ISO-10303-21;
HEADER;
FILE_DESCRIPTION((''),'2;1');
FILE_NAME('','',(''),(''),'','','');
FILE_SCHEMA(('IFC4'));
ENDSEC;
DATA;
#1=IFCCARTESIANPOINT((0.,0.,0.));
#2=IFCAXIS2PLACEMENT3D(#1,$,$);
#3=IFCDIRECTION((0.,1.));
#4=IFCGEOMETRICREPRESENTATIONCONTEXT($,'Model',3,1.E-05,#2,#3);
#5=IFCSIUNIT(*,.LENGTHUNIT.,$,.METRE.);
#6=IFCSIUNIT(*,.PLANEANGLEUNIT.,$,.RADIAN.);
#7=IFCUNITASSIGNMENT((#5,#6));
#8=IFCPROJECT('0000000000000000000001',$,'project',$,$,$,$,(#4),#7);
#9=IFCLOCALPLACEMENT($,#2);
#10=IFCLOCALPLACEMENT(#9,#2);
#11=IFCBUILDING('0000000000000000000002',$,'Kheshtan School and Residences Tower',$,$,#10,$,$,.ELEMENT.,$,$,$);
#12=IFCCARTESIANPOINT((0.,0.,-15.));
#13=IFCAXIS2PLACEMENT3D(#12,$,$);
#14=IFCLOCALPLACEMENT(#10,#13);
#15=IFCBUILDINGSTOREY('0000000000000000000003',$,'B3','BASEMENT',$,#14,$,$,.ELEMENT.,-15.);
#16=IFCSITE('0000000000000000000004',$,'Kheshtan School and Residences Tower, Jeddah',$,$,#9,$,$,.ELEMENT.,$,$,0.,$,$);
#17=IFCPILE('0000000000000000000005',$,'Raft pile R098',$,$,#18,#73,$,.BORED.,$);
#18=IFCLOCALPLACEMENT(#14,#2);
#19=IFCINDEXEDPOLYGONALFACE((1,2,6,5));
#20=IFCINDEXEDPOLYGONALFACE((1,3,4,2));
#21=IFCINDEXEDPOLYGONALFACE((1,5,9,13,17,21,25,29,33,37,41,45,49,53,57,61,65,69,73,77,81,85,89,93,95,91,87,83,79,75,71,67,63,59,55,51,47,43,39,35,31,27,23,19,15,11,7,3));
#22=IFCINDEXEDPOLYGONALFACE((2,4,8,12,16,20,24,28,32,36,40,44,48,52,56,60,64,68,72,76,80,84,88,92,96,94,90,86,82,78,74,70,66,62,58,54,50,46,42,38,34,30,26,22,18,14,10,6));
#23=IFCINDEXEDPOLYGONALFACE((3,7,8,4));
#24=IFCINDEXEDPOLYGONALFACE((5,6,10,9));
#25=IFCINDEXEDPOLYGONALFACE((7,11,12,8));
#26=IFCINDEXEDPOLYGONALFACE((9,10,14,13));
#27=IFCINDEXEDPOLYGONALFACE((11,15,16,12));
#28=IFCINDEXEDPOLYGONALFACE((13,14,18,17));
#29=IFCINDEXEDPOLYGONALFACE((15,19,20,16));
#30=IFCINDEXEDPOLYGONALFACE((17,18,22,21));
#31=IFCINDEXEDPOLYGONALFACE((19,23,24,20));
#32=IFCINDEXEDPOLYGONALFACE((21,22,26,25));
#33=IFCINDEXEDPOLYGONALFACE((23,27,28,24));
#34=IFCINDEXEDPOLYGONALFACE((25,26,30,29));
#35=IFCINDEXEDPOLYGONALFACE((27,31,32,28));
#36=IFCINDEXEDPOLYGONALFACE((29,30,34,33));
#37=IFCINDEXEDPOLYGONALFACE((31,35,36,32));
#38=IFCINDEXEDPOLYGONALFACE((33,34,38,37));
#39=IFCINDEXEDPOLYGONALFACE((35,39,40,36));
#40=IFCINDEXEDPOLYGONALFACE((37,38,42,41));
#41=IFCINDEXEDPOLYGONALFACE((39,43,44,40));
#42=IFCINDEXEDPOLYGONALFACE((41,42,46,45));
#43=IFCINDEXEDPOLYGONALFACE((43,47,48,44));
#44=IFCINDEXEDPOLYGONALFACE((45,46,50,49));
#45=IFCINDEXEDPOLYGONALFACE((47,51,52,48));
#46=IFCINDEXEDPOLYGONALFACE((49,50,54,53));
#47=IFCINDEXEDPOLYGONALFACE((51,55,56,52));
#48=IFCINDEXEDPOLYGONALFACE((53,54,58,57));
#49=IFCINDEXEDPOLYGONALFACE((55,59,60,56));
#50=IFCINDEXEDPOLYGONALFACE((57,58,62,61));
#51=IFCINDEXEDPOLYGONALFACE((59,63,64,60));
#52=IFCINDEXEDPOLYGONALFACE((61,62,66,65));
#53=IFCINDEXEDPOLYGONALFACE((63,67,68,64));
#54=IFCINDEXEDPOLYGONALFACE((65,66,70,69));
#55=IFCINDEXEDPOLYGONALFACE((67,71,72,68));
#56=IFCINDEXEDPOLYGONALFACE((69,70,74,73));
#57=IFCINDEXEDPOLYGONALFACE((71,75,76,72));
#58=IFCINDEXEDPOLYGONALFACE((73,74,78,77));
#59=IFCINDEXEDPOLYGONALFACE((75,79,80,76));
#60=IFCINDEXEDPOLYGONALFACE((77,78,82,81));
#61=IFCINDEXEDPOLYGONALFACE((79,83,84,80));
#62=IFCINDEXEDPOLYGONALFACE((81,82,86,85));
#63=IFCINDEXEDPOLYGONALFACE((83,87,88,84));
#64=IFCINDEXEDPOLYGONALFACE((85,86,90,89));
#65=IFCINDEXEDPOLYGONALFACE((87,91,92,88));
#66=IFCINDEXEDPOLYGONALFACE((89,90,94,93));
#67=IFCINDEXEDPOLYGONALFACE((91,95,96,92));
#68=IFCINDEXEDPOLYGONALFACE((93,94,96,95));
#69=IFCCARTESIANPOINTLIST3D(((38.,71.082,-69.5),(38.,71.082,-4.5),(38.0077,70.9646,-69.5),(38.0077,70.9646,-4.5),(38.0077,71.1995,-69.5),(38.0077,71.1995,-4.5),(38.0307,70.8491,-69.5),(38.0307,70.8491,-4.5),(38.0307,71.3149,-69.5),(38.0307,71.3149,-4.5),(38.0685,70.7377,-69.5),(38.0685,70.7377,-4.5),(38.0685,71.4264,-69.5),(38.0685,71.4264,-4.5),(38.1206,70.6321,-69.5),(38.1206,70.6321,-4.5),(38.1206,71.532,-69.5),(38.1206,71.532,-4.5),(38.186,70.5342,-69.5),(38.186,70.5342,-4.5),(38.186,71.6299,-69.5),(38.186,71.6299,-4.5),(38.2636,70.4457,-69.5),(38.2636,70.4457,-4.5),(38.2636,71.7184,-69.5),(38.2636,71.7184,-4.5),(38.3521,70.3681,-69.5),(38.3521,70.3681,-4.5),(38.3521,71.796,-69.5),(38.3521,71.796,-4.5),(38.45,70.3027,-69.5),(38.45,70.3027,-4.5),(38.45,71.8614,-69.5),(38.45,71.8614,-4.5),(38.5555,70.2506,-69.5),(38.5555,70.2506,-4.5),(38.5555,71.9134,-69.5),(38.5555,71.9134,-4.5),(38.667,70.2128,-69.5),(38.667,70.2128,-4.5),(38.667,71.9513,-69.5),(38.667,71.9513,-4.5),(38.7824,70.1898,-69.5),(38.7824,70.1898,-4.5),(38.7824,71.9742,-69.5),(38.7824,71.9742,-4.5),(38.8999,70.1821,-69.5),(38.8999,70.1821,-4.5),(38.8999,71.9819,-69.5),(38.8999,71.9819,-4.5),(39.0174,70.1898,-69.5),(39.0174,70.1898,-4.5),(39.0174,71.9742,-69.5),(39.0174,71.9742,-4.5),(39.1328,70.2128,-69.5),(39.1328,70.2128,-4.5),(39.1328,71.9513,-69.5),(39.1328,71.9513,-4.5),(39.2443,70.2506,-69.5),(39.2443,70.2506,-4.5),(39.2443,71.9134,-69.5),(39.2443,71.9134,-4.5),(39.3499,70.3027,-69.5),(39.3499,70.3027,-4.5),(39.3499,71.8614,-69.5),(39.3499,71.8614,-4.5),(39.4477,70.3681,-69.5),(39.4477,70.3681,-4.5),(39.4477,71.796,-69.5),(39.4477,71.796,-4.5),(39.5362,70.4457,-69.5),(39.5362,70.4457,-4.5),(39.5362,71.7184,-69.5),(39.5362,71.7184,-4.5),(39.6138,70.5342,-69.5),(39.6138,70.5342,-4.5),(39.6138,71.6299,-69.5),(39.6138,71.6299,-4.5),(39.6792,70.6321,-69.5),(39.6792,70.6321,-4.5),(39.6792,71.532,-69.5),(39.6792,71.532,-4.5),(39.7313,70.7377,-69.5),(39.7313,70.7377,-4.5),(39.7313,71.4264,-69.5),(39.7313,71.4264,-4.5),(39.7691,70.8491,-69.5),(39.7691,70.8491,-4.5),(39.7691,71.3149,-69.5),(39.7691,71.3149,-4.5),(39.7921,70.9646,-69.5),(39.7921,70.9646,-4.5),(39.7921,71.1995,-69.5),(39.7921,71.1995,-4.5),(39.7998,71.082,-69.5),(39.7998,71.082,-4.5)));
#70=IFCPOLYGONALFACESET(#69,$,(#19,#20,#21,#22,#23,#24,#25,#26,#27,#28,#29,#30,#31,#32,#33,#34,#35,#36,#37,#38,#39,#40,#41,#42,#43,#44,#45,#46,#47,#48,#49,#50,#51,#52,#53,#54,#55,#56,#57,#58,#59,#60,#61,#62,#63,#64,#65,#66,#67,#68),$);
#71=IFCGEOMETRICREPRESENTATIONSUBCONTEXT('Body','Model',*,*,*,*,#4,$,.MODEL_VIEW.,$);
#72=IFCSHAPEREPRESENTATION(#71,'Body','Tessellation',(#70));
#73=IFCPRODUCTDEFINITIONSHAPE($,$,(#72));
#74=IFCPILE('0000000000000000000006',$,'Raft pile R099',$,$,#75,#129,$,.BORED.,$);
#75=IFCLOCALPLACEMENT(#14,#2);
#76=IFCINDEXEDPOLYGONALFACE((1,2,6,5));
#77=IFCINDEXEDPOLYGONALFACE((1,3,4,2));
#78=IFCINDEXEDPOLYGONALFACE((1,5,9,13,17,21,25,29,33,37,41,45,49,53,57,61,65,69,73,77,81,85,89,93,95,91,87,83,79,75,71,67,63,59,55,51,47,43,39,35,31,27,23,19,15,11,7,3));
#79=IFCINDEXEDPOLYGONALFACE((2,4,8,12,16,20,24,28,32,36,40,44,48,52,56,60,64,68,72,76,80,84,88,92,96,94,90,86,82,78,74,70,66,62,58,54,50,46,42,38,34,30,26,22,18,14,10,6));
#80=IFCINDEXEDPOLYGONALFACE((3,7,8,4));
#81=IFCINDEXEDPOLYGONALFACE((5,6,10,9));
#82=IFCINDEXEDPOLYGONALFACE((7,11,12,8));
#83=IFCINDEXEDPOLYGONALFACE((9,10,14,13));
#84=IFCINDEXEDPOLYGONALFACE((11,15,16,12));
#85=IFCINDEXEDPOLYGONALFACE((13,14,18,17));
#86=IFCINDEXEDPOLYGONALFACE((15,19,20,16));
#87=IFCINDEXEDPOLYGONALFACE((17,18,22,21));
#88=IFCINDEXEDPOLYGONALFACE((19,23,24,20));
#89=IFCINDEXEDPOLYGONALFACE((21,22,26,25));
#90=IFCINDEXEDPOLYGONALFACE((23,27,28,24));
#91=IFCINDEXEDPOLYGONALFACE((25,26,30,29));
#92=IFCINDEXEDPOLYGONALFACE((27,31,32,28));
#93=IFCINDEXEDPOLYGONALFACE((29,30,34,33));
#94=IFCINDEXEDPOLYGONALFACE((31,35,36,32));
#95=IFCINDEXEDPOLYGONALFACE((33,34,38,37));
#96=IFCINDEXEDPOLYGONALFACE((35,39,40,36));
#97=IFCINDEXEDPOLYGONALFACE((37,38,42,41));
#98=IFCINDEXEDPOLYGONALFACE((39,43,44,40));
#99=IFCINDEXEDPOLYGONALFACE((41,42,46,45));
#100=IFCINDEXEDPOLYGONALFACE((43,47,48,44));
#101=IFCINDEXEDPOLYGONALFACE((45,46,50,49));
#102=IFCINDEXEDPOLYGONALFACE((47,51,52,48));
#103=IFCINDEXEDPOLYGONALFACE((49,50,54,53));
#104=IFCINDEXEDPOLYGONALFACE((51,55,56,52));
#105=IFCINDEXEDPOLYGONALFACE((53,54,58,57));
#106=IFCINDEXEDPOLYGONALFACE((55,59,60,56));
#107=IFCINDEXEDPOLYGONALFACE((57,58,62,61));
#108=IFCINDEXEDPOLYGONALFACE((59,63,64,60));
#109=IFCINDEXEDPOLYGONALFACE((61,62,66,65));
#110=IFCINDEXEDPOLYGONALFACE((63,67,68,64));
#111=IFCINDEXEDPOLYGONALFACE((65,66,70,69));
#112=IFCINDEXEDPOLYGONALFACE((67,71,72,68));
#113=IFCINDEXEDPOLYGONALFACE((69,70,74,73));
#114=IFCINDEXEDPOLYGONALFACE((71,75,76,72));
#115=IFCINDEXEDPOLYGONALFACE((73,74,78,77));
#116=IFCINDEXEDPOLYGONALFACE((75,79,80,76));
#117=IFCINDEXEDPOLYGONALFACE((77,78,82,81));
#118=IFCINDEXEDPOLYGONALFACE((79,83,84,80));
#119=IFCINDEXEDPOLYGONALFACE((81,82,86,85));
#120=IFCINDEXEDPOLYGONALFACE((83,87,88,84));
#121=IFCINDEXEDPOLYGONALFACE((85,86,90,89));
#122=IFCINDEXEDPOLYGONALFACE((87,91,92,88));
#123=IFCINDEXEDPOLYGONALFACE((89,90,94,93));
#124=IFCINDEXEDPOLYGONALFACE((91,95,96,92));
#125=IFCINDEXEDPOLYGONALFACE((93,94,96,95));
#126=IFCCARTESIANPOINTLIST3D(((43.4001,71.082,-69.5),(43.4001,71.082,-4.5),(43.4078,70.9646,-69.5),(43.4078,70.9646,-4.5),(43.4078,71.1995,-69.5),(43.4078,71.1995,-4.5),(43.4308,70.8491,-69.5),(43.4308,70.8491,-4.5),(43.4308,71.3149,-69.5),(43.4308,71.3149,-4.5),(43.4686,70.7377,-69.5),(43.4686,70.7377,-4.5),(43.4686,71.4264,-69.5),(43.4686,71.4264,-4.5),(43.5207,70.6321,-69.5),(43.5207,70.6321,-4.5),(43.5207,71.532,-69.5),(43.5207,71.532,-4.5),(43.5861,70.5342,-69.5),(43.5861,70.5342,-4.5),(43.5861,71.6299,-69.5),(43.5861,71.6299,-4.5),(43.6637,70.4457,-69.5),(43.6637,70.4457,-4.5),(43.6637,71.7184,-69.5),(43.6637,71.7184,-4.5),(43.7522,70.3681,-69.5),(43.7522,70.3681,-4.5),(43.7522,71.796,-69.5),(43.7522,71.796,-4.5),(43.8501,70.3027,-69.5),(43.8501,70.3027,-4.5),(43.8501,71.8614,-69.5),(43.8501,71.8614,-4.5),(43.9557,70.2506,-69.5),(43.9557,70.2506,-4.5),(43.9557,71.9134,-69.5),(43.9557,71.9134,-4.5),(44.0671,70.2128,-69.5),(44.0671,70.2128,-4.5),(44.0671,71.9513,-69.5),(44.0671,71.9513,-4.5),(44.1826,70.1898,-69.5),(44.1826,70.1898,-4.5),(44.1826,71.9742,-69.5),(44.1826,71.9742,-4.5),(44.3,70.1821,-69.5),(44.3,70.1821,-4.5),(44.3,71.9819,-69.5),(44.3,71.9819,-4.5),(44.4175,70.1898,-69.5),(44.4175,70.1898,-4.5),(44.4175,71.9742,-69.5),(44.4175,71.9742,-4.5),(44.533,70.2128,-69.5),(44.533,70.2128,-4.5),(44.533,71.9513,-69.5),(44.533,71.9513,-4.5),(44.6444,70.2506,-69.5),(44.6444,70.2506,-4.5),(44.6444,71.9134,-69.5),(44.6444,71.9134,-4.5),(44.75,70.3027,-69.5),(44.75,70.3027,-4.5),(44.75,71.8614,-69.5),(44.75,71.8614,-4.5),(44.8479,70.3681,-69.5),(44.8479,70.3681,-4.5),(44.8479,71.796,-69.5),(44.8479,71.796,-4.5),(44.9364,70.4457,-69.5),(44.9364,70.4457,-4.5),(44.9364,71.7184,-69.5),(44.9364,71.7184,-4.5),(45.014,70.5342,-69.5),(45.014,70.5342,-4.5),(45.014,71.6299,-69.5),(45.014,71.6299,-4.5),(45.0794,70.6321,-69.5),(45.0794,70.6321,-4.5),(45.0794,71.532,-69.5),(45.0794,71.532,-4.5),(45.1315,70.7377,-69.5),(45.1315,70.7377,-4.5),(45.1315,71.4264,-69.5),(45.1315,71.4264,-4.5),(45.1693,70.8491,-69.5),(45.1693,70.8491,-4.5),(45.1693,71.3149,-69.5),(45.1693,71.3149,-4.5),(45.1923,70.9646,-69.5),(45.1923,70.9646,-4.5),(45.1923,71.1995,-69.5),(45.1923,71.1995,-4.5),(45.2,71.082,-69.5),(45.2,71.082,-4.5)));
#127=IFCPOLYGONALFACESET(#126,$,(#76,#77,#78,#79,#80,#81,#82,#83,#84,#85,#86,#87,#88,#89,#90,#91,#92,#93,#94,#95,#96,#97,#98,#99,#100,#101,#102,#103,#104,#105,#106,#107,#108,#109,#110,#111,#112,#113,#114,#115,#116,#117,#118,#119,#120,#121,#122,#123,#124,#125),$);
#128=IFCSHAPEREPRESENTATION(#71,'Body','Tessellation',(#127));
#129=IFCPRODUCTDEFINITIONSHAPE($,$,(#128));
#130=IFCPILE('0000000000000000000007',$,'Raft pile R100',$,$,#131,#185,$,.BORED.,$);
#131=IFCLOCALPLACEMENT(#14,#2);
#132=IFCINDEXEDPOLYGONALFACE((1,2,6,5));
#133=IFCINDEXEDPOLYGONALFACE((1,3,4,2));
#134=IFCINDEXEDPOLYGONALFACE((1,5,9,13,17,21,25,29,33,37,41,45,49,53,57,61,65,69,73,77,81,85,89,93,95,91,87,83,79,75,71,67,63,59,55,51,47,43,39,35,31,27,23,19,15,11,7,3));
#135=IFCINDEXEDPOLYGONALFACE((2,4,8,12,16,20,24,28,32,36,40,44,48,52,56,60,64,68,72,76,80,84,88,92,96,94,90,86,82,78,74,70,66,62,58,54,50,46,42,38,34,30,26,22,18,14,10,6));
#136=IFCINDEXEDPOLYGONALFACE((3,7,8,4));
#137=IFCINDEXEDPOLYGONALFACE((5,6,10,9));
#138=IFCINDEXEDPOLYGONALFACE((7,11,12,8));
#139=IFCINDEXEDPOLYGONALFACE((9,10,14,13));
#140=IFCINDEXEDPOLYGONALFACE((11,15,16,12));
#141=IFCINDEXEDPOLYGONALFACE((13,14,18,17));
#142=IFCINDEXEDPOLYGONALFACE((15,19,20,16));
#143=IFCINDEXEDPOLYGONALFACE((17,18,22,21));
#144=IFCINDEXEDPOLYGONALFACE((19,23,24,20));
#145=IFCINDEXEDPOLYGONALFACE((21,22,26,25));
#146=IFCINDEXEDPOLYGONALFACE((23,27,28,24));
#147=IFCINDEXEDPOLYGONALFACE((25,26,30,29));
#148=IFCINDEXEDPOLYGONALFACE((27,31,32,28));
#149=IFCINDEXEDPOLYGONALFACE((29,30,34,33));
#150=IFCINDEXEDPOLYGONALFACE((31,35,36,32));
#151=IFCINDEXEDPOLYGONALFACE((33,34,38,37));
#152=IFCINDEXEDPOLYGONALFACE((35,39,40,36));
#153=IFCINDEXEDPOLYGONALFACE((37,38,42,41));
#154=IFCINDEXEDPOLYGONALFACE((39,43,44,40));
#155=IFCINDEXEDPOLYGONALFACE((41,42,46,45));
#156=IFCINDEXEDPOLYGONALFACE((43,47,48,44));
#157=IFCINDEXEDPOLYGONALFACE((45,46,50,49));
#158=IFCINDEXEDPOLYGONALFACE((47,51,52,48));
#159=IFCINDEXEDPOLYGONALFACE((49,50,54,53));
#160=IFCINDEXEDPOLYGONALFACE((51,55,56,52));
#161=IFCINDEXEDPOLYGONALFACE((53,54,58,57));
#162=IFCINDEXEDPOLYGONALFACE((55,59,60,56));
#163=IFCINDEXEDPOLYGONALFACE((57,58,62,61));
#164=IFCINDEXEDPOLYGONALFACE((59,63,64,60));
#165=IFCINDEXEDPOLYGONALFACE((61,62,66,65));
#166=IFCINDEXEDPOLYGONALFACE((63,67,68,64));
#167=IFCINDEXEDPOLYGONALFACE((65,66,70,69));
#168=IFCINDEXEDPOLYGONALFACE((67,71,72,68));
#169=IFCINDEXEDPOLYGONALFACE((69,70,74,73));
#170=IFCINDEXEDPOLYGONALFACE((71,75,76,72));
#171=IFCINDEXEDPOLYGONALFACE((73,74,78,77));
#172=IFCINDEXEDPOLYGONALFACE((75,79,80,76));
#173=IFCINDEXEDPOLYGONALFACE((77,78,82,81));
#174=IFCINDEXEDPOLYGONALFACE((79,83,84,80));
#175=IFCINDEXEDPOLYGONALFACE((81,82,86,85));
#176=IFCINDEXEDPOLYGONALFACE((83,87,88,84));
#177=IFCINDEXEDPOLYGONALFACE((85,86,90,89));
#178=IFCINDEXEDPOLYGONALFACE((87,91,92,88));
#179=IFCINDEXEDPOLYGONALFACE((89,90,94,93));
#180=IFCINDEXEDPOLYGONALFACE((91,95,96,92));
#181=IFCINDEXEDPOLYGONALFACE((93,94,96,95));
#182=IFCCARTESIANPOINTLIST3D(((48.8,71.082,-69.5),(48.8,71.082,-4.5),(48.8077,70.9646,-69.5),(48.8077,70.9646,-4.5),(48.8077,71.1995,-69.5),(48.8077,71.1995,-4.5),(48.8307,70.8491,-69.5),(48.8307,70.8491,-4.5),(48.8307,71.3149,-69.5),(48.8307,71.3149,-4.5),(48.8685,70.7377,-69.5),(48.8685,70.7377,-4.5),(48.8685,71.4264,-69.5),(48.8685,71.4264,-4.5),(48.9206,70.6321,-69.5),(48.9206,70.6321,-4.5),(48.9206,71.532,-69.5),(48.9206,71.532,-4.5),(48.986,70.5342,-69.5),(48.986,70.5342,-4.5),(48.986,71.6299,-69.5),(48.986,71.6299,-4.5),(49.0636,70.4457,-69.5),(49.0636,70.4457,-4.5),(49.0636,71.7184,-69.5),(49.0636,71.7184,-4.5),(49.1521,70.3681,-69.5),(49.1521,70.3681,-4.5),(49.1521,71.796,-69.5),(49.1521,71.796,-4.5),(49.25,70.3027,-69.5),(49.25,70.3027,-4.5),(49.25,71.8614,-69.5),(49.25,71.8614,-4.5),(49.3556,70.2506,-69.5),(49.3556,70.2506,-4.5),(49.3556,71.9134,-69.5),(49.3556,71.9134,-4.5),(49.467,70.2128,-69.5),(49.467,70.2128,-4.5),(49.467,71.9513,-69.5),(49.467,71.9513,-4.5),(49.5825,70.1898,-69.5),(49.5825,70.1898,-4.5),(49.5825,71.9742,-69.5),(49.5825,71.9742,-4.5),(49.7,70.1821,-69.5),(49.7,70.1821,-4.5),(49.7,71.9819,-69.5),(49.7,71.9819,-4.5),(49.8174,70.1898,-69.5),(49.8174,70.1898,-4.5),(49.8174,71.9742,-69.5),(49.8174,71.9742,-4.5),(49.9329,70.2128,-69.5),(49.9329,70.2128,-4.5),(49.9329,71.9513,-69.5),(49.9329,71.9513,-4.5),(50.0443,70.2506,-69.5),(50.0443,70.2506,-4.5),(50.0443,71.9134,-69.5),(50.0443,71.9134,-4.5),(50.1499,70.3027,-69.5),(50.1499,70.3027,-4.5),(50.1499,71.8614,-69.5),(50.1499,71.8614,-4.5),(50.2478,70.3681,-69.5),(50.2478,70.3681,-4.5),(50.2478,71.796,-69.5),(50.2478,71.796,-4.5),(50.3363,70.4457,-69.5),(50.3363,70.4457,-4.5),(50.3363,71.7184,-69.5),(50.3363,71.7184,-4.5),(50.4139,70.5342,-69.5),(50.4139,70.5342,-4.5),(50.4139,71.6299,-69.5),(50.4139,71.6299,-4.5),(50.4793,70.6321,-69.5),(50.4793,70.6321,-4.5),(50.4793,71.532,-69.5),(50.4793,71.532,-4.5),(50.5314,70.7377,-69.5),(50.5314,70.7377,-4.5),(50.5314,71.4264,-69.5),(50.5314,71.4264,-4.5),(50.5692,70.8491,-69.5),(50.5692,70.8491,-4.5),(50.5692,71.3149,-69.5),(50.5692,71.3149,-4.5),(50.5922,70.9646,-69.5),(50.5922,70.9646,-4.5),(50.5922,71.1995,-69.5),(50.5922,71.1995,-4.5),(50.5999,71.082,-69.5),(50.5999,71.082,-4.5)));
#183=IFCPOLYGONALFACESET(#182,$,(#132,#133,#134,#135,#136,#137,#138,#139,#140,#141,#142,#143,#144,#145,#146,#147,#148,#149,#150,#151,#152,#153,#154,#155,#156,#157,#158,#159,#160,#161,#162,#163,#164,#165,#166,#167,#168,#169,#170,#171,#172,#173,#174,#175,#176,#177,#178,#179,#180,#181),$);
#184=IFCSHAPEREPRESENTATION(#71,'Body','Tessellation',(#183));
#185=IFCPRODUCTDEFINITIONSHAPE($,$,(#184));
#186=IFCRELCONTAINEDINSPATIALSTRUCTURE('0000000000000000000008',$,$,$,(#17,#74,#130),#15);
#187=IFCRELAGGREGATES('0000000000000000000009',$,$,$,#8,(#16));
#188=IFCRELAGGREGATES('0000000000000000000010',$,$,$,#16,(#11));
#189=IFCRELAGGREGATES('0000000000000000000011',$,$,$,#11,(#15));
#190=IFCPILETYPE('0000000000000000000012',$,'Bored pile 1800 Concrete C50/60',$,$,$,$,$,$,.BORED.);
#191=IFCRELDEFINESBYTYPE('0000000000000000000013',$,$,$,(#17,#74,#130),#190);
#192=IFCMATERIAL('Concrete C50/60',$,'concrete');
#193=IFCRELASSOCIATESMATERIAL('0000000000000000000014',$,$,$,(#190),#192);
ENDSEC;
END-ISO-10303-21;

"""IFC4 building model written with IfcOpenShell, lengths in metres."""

from ifc_helpers import new_model, si_unit, direction, frame, origin, origin_2d, place, context, subcontext, project, spatial, circle, extrude, material, material_profile, profile_set, type_object, element, save


model = new_model("IFC4")

# Units and contexts
model_context = context("Model", 3, precision=1e-05, world=origin(), true_north=direction((0.0, 1.0)))
body_context = subcontext(model_context, "Body", "Model", "MODEL_VIEW")
ifc_project = project(units=[si_unit("LENGTHUNIT", "METRE"), si_unit("PLANEANGLEUNIT", "RADIAN")], contexts=[model_context])

# Site, building, storey
site_placement = place(None, origin())
site = spatial("IfcSite", under=ifc_project, at=site_placement, Name="Kheshtan School and Residences Tower, Jeddah", CompositionType="ELEMENT", RefElevation=0.0)
building_placement = place(site_placement, origin())
building = spatial("IfcBuilding", under=site, at=building_placement, Name="Kheshtan School and Residences Tower", CompositionType="ELEMENT")
storey_placement = place(building_placement, frame((0.0, 0.0, -15.0)))
storey = spatial("IfcBuildingStorey", under=building, at=storey_placement, Name="B3", Description="BASEMENT", CompositionType="ELEMENT", Elevation=-15.0)

# Piles
ifc_material_1 = material(Name="Concrete C50/60", Category="concrete")
ifc_material_profile_1 = material_profile(ifc_material_1, circle(Radius=0.8999, at=origin_2d()), Name="BP 1800")
ifc_profile_set_1 = profile_set([ifc_material_profile_1], Name="Concrete C50/60")
pile_type = type_object("IfcPileType", Name="Bored pile 1800 Concrete C50/60", PredefinedType="BORED", material=ifc_profile_set_1)
for number, where, z_axis, x_axis, name in (
    (1, (38.8999, 71.082, -4.5), (0.0, 0.0, -1.0), (1.0, 0.0, 0.0), "Raft pile R098"),
    (2, (44.3, 71.082, -4.5), (0.0, 0.0, -1.0), (1.0, 0.0, 0.0), "Raft pile R099"),
    (3, (49.7, 71.082, -4.5), (0.0, 0.0, -1.0), (1.0, 0.0, 0.0), "Raft pile R100"),
):
    element("IfcPile", number, at=place(storey_placement, frame(where, z_axis=z_axis, x_axis=x_axis)), inside=storey, type_object=pile_type, Name=name, PredefinedType="BORED", context=body_context, shape_type="SweptSolid", body=[
        extrude(circle(Radius=0.8999, at=origin_2d()), origin(), (0.0, 0.0, 1.0), 65.0),
    ])

save(model, "model.ifc")
